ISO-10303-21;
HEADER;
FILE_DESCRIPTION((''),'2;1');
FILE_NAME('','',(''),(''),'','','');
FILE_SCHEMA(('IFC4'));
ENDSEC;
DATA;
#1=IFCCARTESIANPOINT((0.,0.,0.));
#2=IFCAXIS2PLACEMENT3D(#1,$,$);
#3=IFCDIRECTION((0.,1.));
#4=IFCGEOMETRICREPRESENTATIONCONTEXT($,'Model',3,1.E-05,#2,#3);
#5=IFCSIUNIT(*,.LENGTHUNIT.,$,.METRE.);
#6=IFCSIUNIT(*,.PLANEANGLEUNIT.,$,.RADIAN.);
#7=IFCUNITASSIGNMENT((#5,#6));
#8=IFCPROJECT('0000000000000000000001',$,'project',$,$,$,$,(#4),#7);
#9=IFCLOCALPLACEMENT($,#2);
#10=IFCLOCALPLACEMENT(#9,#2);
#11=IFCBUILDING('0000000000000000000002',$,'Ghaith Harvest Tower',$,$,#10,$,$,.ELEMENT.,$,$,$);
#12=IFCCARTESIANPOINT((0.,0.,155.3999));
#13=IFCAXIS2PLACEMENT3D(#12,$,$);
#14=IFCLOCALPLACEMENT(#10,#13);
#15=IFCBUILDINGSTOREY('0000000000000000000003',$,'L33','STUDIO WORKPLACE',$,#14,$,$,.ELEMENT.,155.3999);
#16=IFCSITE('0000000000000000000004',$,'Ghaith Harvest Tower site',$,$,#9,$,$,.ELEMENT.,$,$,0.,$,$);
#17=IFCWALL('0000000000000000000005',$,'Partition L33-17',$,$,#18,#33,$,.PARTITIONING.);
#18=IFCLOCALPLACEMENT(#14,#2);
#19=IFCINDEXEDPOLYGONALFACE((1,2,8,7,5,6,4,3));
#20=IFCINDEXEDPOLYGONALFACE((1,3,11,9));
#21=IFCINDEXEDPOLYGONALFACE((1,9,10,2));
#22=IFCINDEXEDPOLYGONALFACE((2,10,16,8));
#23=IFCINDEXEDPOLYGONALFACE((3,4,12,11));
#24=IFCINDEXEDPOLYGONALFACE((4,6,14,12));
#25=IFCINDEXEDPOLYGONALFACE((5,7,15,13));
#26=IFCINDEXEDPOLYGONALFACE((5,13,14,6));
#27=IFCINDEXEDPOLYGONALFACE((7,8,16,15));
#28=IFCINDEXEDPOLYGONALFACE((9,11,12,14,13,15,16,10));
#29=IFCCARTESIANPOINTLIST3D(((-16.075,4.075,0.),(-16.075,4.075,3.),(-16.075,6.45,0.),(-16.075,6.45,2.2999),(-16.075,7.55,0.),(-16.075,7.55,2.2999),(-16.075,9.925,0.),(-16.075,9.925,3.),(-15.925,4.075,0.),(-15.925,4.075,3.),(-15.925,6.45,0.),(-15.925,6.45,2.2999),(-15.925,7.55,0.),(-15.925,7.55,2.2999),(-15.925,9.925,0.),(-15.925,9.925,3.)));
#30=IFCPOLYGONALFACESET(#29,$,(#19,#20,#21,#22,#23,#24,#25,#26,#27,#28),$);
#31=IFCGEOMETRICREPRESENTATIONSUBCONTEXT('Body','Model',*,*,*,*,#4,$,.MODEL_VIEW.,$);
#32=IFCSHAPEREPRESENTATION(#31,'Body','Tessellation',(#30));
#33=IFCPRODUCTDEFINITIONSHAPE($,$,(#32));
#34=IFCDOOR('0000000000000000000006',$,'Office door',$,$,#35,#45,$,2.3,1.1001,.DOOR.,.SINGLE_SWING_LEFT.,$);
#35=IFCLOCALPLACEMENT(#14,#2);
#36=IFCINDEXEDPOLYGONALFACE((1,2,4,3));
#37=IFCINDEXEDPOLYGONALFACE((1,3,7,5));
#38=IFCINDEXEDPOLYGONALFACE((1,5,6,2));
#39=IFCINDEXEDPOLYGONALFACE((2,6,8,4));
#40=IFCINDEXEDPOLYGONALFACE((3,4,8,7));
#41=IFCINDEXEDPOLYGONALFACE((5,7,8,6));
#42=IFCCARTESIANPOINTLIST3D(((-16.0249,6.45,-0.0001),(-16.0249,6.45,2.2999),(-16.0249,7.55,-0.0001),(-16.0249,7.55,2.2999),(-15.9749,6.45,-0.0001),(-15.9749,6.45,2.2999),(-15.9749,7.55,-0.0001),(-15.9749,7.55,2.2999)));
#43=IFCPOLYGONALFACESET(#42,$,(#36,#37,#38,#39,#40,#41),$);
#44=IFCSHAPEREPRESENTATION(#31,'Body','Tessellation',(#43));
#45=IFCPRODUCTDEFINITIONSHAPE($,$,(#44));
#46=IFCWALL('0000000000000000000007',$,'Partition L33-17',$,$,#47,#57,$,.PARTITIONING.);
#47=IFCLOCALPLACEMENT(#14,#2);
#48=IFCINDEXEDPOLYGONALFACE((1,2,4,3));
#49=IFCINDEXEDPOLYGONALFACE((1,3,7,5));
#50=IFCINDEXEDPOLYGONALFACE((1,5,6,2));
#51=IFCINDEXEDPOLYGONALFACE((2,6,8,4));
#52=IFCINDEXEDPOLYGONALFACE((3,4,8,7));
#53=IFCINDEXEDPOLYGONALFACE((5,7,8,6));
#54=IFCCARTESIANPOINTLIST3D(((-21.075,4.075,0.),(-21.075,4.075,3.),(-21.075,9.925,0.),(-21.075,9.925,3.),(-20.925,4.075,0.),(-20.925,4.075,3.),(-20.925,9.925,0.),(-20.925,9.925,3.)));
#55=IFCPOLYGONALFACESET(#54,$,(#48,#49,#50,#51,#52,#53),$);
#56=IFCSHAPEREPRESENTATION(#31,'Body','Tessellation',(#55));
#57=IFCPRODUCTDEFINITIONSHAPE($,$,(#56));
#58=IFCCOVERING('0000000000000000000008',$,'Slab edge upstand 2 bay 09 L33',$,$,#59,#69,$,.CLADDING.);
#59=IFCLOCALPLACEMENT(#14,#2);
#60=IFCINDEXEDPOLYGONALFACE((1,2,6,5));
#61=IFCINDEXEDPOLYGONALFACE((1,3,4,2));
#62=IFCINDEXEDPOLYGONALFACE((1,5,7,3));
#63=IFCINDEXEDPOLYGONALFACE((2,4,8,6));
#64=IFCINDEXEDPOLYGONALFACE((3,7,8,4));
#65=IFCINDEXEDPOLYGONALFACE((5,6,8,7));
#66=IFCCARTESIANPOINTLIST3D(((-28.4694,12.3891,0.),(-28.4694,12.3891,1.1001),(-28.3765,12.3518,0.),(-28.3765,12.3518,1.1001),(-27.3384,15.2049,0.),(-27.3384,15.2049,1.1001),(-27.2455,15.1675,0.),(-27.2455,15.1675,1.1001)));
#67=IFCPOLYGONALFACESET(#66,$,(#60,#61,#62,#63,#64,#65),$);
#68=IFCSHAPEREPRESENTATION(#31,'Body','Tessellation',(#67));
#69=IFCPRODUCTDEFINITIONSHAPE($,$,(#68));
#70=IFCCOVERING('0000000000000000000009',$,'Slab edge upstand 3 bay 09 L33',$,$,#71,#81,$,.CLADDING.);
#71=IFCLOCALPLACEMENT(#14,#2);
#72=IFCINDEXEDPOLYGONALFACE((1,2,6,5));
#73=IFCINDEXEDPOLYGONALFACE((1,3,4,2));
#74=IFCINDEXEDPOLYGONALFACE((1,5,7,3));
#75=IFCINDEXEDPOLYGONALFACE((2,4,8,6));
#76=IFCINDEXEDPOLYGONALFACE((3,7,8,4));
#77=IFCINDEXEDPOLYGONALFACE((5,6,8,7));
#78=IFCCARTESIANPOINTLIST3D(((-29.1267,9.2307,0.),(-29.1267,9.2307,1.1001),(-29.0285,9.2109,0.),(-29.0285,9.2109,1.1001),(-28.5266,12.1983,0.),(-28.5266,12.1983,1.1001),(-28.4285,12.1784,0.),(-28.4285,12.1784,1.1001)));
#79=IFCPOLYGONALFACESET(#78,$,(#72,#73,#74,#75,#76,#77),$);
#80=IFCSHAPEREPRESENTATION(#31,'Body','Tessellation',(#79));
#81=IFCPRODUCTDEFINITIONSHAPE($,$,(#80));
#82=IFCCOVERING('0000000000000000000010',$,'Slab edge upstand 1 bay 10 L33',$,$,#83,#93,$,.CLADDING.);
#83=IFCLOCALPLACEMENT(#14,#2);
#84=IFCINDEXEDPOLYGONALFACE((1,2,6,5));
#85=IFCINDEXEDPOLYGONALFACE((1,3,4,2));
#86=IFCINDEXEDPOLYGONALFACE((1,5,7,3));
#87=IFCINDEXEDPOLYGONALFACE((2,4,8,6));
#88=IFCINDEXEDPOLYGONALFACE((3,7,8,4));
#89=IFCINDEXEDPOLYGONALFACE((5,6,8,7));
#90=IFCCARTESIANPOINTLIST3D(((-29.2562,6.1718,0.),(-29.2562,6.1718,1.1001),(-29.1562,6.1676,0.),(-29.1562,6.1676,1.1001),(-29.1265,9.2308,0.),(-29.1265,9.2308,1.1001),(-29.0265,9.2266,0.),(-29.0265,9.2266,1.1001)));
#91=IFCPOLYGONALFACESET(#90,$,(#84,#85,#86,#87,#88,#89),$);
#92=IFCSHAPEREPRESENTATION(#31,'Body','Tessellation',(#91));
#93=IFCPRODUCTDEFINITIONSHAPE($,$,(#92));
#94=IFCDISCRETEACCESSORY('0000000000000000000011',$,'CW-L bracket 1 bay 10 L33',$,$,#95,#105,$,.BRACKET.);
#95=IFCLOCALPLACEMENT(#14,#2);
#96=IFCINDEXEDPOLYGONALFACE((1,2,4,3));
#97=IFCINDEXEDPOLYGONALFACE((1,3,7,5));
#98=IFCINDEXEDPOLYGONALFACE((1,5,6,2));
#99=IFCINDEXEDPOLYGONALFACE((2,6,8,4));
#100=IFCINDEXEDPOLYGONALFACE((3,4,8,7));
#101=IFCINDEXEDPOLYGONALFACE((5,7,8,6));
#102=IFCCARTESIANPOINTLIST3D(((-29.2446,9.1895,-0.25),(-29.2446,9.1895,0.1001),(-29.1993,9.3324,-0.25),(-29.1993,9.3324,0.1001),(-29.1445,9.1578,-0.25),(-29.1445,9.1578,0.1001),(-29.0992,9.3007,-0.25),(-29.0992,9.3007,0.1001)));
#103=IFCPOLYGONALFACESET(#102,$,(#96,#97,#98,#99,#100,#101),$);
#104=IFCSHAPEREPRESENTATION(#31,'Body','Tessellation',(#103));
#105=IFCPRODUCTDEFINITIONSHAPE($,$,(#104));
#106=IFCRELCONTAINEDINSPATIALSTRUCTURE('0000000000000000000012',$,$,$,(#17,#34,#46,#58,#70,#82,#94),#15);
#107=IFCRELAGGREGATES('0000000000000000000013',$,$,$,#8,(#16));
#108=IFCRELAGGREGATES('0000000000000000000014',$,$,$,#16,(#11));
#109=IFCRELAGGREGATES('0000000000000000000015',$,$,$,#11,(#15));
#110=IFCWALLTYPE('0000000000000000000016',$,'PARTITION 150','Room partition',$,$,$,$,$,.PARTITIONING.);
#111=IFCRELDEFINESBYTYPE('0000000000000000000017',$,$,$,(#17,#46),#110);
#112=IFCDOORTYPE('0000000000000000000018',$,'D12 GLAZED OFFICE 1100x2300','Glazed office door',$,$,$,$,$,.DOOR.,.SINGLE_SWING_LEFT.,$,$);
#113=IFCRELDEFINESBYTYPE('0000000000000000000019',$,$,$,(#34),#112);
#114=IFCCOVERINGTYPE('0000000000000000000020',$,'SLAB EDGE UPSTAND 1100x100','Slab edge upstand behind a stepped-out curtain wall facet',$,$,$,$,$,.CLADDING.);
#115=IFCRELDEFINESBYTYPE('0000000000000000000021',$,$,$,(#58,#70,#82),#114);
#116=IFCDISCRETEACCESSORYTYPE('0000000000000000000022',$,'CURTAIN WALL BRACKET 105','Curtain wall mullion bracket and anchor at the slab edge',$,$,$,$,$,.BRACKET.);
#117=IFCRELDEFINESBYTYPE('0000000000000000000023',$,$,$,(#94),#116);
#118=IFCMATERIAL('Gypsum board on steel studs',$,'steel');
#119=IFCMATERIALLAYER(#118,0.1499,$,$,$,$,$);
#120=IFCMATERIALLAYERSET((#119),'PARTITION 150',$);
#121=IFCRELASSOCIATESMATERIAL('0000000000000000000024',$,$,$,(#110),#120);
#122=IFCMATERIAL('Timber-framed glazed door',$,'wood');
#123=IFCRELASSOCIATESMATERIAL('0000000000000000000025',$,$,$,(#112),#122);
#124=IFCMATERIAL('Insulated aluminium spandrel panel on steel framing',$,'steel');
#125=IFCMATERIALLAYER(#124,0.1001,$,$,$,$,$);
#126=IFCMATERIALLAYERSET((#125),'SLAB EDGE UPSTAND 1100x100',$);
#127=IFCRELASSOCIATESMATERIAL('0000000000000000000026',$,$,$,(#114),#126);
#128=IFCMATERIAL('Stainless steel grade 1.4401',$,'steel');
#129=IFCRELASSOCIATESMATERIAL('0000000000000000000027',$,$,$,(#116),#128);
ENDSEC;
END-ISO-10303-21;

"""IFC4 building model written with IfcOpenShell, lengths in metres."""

from ifc_helpers import new_model, si_unit, direction, frame, frame_2d, origin, origin_2d, place, context, subcontext, project, spatial, rectangle, extrude, material, layer, layer_set, type_object, element, fill, save


model = new_model("IFC4")

# Units and contexts
model_context = context("Model", 3, precision=1e-05, world=origin(), true_north=direction((0.0, 1.0)))
body_context = subcontext(model_context, "Body", "Model", "MODEL_VIEW")
ifc_project = project(units=[si_unit("LENGTHUNIT", "METRE"), si_unit("PLANEANGLEUNIT", "RADIAN")], contexts=[model_context])

# Site, building, storey
site_placement = place(None, origin())
site = spatial("IfcSite", under=ifc_project, at=site_placement, Name="Ghaith Harvest Tower site", CompositionType="ELEMENT", RefElevation=0.0)
building_placement = place(site_placement, origin())
building = spatial("IfcBuilding", under=site, at=building_placement, Name="Ghaith Harvest Tower", CompositionType="ELEMENT")
storey_placement = place(building_placement, frame((0.0, 0.0, 155.3999)))
storey = spatial("IfcBuildingStorey", under=building, at=storey_placement, Name="L33", Description="STUDIO WORKPLACE", CompositionType="ELEMENT", Elevation=155.3999)

# Shared definitions
ifc_material_1 = material(Name="Gypsum board on steel studs", Category="steel")
ifc_layer_1 = layer(ifc_material_1, 0.1499)
ifc_layer_set_1 = layer_set([ifc_layer_1], Name="PARTITION 150")
wall_type = type_object("IfcWallType", Name="PARTITION 150", Description="Room partition", PredefinedType="PARTITIONING", material=ifc_layer_set_1)

# Wall, opening, door
wall_1_placement = place(storey_placement, frame((-16.0, 4.075, 0.0), z_axis=(0.0, 0.0, 1.0), x_axis=(0.0, 1.0, 0.0)))
wall_1 = element("IfcWall", 1, at=wall_1_placement, inside=storey, type_object=wall_type, Name="Partition L33-17", PredefinedType="PARTITIONING", context=body_context, shape_type="SweptSolid", body=[
    extrude(rectangle(XDim=5.8501, YDim=0.1499, at=frame_2d((2.925, 0.0))), origin(), (0.0, 0.0, 1.0), 3.0),
])
opening_1_placement = place(wall_1_placement, frame((2.375, 0.0, 0.0)))
opening_1 = element("IfcOpeningElement", 2, at=opening_1_placement, cuts=wall_1, PredefinedType="OPENING", context=body_context, shape_type="SweptSolid", body=[
    extrude(rectangle(XDim=1.1001, YDim=2.3, at=frame_2d((0.55, 1.1499))), frame((0.0, 0.085, 0.0), z_axis=(0.0, -1.0, 0.0), x_axis=(1.0, 0.0, 0.0)), (0.0, 0.0, 1.0), 0.1699),
])
ifc_material_2 = material(Name="Timber-framed glazed door", Category="wood")
door_type_1 = type_object("IfcDoorType", Name="D12 GLAZED OFFICE 1100x2300", Description="Glazed office door", OperationType="SINGLE_SWING_LEFT", PredefinedType="DOOR", material=ifc_material_2)
door_1_placement = place(opening_1_placement, origin())
door_1 = element("IfcDoor", 3, at=door_1_placement, inside=storey, type_object=door_type_1, Name="Office door", OperationType="SINGLE_SWING_LEFT", OverallHeight=2.3, OverallWidth=1.1001, PredefinedType="DOOR", context=body_context, shape_type="SweptSolid", body=[
    extrude(rectangle(XDim=1.1001, YDim=2.3, at=frame_2d((0.55, 1.1499))), frame((0.0, 0.0249, 0.0), z_axis=(0.0, -1.0, 0.0), x_axis=(1.0, 0.0, 0.0)), (0.0, 0.0, 1.0), 0.05),
])
fill(opening_1, door_1)

# Wall
wall_2_placement = place(storey_placement, frame((-21.0, 4.075, 0.0), z_axis=(0.0, 0.0, 1.0), x_axis=(0.0, 1.0, 0.0)))
element("IfcWall", 4, at=wall_2_placement, inside=storey, type_object=wall_type, Name="Partition L33-17", PredefinedType="PARTITIONING", context=body_context, shape_type="SweptSolid", body=[
    extrude(rectangle(XDim=5.8501, YDim=0.1499, at=frame_2d((2.925, 0.0))), origin(), (0.0, 0.0, 1.0), 3.0),
])

# Coverings
ifc_material_3 = material(Name="Insulated aluminium spandrel panel on steel framing", Category="steel")
ifc_layer_2 = layer(ifc_material_3, 0.1001)
ifc_layer_set_2 = layer_set([ifc_layer_2], Name="SLAB EDGE UPSTAND 1100x100")
covering_type = type_object("IfcCoveringType", Name="SLAB EDGE UPSTAND 1100x100", Description="Slab edge upstand behind a stepped-out curtain wall facet", PredefinedType="CLADDING", material=ifc_layer_set_2)
covering_1_placement = place(storey_placement, frame((-27.8574, 13.7783, 0.0), z_axis=(0.0, 0.0, 1.0), x_axis=(-0.372732, -0.927939, 0.0)))
element("IfcCovering", 5, at=covering_1_placement, inside=storey, type_object=covering_type, Name="Slab edge upstand 2 bay 09 L33", PredefinedType="CLADDING", context=body_context, shape_type="SweptSolid", body=[
    extrude(rectangle(XDim=3.0344, YDim=0.1001, at=origin_2d()), origin(), (0.0, 0.0, 1.0), 1.1001),
])
covering_2_placement = place(storey_placement, frame((-28.7776, 10.7046, 0.0), z_axis=(0.0, 0.0, 1.0), x_axis=(-0.198183, -0.980165, 0.0)))
element("IfcCovering", 6, at=covering_2_placement, inside=storey, type_object=covering_type, Name="Slab edge upstand 3 bay 09 L33", PredefinedType="CLADDING", context=body_context, shape_type="SweptSolid", body=[
    extrude(rectangle(XDim=3.0276, YDim=0.1001, at=origin_2d()), origin(), (0.0, 0.0, 1.0), 1.1001),
])
covering_3_placement = place(storey_placement, frame((-29.1414, 7.6992, 0.0), z_axis=(0.0, 0.0, 1.0), x_axis=(-0.042373, -0.999102, 0.0)))
element("IfcCovering", 7, at=covering_3_placement, inside=storey, type_object=covering_type, Name="Slab edge upstand 1 bay 10 L33", PredefinedType="CLADDING", context=body_context, shape_type="SweptSolid", body=[
    extrude(rectangle(XDim=3.0618, YDim=0.1001, at=origin_2d()), origin(), (0.0, 0.0, 1.0), 1.1001),
])

# Discrete accessory
ifc_material_4 = material(Name="Stainless steel grade 1.4401", Category="steel")
discrete_accessory_type = type_object("IfcDiscreteAccessoryType", Name="CURTAIN WALL BRACKET 105", Description="Curtain wall mullion bracket and anchor at the slab edge", PredefinedType="BRACKET", material=ifc_material_4)
discrete_accessory_placement = place(storey_placement, frame((-29.1719, 9.2451, -0.25), z_axis=(0.0, 0.0, 1.0), x_axis=(-0.953273, 0.30211, 0.0)))
element("IfcDiscreteAccessory", 8, at=discrete_accessory_placement, inside=storey, type_object=discrete_accessory_type, Name="CW-L bracket 1 bay 10 L33", PredefinedType="BRACKET", context=body_context, shape_type="SweptSolid", body=[
    extrude(rectangle(XDim=0.105, YDim=0.1499, at=origin_2d()), origin(), (0.0, 0.0, 1.0), 0.3501),
])

save(model, "model.ifc")
